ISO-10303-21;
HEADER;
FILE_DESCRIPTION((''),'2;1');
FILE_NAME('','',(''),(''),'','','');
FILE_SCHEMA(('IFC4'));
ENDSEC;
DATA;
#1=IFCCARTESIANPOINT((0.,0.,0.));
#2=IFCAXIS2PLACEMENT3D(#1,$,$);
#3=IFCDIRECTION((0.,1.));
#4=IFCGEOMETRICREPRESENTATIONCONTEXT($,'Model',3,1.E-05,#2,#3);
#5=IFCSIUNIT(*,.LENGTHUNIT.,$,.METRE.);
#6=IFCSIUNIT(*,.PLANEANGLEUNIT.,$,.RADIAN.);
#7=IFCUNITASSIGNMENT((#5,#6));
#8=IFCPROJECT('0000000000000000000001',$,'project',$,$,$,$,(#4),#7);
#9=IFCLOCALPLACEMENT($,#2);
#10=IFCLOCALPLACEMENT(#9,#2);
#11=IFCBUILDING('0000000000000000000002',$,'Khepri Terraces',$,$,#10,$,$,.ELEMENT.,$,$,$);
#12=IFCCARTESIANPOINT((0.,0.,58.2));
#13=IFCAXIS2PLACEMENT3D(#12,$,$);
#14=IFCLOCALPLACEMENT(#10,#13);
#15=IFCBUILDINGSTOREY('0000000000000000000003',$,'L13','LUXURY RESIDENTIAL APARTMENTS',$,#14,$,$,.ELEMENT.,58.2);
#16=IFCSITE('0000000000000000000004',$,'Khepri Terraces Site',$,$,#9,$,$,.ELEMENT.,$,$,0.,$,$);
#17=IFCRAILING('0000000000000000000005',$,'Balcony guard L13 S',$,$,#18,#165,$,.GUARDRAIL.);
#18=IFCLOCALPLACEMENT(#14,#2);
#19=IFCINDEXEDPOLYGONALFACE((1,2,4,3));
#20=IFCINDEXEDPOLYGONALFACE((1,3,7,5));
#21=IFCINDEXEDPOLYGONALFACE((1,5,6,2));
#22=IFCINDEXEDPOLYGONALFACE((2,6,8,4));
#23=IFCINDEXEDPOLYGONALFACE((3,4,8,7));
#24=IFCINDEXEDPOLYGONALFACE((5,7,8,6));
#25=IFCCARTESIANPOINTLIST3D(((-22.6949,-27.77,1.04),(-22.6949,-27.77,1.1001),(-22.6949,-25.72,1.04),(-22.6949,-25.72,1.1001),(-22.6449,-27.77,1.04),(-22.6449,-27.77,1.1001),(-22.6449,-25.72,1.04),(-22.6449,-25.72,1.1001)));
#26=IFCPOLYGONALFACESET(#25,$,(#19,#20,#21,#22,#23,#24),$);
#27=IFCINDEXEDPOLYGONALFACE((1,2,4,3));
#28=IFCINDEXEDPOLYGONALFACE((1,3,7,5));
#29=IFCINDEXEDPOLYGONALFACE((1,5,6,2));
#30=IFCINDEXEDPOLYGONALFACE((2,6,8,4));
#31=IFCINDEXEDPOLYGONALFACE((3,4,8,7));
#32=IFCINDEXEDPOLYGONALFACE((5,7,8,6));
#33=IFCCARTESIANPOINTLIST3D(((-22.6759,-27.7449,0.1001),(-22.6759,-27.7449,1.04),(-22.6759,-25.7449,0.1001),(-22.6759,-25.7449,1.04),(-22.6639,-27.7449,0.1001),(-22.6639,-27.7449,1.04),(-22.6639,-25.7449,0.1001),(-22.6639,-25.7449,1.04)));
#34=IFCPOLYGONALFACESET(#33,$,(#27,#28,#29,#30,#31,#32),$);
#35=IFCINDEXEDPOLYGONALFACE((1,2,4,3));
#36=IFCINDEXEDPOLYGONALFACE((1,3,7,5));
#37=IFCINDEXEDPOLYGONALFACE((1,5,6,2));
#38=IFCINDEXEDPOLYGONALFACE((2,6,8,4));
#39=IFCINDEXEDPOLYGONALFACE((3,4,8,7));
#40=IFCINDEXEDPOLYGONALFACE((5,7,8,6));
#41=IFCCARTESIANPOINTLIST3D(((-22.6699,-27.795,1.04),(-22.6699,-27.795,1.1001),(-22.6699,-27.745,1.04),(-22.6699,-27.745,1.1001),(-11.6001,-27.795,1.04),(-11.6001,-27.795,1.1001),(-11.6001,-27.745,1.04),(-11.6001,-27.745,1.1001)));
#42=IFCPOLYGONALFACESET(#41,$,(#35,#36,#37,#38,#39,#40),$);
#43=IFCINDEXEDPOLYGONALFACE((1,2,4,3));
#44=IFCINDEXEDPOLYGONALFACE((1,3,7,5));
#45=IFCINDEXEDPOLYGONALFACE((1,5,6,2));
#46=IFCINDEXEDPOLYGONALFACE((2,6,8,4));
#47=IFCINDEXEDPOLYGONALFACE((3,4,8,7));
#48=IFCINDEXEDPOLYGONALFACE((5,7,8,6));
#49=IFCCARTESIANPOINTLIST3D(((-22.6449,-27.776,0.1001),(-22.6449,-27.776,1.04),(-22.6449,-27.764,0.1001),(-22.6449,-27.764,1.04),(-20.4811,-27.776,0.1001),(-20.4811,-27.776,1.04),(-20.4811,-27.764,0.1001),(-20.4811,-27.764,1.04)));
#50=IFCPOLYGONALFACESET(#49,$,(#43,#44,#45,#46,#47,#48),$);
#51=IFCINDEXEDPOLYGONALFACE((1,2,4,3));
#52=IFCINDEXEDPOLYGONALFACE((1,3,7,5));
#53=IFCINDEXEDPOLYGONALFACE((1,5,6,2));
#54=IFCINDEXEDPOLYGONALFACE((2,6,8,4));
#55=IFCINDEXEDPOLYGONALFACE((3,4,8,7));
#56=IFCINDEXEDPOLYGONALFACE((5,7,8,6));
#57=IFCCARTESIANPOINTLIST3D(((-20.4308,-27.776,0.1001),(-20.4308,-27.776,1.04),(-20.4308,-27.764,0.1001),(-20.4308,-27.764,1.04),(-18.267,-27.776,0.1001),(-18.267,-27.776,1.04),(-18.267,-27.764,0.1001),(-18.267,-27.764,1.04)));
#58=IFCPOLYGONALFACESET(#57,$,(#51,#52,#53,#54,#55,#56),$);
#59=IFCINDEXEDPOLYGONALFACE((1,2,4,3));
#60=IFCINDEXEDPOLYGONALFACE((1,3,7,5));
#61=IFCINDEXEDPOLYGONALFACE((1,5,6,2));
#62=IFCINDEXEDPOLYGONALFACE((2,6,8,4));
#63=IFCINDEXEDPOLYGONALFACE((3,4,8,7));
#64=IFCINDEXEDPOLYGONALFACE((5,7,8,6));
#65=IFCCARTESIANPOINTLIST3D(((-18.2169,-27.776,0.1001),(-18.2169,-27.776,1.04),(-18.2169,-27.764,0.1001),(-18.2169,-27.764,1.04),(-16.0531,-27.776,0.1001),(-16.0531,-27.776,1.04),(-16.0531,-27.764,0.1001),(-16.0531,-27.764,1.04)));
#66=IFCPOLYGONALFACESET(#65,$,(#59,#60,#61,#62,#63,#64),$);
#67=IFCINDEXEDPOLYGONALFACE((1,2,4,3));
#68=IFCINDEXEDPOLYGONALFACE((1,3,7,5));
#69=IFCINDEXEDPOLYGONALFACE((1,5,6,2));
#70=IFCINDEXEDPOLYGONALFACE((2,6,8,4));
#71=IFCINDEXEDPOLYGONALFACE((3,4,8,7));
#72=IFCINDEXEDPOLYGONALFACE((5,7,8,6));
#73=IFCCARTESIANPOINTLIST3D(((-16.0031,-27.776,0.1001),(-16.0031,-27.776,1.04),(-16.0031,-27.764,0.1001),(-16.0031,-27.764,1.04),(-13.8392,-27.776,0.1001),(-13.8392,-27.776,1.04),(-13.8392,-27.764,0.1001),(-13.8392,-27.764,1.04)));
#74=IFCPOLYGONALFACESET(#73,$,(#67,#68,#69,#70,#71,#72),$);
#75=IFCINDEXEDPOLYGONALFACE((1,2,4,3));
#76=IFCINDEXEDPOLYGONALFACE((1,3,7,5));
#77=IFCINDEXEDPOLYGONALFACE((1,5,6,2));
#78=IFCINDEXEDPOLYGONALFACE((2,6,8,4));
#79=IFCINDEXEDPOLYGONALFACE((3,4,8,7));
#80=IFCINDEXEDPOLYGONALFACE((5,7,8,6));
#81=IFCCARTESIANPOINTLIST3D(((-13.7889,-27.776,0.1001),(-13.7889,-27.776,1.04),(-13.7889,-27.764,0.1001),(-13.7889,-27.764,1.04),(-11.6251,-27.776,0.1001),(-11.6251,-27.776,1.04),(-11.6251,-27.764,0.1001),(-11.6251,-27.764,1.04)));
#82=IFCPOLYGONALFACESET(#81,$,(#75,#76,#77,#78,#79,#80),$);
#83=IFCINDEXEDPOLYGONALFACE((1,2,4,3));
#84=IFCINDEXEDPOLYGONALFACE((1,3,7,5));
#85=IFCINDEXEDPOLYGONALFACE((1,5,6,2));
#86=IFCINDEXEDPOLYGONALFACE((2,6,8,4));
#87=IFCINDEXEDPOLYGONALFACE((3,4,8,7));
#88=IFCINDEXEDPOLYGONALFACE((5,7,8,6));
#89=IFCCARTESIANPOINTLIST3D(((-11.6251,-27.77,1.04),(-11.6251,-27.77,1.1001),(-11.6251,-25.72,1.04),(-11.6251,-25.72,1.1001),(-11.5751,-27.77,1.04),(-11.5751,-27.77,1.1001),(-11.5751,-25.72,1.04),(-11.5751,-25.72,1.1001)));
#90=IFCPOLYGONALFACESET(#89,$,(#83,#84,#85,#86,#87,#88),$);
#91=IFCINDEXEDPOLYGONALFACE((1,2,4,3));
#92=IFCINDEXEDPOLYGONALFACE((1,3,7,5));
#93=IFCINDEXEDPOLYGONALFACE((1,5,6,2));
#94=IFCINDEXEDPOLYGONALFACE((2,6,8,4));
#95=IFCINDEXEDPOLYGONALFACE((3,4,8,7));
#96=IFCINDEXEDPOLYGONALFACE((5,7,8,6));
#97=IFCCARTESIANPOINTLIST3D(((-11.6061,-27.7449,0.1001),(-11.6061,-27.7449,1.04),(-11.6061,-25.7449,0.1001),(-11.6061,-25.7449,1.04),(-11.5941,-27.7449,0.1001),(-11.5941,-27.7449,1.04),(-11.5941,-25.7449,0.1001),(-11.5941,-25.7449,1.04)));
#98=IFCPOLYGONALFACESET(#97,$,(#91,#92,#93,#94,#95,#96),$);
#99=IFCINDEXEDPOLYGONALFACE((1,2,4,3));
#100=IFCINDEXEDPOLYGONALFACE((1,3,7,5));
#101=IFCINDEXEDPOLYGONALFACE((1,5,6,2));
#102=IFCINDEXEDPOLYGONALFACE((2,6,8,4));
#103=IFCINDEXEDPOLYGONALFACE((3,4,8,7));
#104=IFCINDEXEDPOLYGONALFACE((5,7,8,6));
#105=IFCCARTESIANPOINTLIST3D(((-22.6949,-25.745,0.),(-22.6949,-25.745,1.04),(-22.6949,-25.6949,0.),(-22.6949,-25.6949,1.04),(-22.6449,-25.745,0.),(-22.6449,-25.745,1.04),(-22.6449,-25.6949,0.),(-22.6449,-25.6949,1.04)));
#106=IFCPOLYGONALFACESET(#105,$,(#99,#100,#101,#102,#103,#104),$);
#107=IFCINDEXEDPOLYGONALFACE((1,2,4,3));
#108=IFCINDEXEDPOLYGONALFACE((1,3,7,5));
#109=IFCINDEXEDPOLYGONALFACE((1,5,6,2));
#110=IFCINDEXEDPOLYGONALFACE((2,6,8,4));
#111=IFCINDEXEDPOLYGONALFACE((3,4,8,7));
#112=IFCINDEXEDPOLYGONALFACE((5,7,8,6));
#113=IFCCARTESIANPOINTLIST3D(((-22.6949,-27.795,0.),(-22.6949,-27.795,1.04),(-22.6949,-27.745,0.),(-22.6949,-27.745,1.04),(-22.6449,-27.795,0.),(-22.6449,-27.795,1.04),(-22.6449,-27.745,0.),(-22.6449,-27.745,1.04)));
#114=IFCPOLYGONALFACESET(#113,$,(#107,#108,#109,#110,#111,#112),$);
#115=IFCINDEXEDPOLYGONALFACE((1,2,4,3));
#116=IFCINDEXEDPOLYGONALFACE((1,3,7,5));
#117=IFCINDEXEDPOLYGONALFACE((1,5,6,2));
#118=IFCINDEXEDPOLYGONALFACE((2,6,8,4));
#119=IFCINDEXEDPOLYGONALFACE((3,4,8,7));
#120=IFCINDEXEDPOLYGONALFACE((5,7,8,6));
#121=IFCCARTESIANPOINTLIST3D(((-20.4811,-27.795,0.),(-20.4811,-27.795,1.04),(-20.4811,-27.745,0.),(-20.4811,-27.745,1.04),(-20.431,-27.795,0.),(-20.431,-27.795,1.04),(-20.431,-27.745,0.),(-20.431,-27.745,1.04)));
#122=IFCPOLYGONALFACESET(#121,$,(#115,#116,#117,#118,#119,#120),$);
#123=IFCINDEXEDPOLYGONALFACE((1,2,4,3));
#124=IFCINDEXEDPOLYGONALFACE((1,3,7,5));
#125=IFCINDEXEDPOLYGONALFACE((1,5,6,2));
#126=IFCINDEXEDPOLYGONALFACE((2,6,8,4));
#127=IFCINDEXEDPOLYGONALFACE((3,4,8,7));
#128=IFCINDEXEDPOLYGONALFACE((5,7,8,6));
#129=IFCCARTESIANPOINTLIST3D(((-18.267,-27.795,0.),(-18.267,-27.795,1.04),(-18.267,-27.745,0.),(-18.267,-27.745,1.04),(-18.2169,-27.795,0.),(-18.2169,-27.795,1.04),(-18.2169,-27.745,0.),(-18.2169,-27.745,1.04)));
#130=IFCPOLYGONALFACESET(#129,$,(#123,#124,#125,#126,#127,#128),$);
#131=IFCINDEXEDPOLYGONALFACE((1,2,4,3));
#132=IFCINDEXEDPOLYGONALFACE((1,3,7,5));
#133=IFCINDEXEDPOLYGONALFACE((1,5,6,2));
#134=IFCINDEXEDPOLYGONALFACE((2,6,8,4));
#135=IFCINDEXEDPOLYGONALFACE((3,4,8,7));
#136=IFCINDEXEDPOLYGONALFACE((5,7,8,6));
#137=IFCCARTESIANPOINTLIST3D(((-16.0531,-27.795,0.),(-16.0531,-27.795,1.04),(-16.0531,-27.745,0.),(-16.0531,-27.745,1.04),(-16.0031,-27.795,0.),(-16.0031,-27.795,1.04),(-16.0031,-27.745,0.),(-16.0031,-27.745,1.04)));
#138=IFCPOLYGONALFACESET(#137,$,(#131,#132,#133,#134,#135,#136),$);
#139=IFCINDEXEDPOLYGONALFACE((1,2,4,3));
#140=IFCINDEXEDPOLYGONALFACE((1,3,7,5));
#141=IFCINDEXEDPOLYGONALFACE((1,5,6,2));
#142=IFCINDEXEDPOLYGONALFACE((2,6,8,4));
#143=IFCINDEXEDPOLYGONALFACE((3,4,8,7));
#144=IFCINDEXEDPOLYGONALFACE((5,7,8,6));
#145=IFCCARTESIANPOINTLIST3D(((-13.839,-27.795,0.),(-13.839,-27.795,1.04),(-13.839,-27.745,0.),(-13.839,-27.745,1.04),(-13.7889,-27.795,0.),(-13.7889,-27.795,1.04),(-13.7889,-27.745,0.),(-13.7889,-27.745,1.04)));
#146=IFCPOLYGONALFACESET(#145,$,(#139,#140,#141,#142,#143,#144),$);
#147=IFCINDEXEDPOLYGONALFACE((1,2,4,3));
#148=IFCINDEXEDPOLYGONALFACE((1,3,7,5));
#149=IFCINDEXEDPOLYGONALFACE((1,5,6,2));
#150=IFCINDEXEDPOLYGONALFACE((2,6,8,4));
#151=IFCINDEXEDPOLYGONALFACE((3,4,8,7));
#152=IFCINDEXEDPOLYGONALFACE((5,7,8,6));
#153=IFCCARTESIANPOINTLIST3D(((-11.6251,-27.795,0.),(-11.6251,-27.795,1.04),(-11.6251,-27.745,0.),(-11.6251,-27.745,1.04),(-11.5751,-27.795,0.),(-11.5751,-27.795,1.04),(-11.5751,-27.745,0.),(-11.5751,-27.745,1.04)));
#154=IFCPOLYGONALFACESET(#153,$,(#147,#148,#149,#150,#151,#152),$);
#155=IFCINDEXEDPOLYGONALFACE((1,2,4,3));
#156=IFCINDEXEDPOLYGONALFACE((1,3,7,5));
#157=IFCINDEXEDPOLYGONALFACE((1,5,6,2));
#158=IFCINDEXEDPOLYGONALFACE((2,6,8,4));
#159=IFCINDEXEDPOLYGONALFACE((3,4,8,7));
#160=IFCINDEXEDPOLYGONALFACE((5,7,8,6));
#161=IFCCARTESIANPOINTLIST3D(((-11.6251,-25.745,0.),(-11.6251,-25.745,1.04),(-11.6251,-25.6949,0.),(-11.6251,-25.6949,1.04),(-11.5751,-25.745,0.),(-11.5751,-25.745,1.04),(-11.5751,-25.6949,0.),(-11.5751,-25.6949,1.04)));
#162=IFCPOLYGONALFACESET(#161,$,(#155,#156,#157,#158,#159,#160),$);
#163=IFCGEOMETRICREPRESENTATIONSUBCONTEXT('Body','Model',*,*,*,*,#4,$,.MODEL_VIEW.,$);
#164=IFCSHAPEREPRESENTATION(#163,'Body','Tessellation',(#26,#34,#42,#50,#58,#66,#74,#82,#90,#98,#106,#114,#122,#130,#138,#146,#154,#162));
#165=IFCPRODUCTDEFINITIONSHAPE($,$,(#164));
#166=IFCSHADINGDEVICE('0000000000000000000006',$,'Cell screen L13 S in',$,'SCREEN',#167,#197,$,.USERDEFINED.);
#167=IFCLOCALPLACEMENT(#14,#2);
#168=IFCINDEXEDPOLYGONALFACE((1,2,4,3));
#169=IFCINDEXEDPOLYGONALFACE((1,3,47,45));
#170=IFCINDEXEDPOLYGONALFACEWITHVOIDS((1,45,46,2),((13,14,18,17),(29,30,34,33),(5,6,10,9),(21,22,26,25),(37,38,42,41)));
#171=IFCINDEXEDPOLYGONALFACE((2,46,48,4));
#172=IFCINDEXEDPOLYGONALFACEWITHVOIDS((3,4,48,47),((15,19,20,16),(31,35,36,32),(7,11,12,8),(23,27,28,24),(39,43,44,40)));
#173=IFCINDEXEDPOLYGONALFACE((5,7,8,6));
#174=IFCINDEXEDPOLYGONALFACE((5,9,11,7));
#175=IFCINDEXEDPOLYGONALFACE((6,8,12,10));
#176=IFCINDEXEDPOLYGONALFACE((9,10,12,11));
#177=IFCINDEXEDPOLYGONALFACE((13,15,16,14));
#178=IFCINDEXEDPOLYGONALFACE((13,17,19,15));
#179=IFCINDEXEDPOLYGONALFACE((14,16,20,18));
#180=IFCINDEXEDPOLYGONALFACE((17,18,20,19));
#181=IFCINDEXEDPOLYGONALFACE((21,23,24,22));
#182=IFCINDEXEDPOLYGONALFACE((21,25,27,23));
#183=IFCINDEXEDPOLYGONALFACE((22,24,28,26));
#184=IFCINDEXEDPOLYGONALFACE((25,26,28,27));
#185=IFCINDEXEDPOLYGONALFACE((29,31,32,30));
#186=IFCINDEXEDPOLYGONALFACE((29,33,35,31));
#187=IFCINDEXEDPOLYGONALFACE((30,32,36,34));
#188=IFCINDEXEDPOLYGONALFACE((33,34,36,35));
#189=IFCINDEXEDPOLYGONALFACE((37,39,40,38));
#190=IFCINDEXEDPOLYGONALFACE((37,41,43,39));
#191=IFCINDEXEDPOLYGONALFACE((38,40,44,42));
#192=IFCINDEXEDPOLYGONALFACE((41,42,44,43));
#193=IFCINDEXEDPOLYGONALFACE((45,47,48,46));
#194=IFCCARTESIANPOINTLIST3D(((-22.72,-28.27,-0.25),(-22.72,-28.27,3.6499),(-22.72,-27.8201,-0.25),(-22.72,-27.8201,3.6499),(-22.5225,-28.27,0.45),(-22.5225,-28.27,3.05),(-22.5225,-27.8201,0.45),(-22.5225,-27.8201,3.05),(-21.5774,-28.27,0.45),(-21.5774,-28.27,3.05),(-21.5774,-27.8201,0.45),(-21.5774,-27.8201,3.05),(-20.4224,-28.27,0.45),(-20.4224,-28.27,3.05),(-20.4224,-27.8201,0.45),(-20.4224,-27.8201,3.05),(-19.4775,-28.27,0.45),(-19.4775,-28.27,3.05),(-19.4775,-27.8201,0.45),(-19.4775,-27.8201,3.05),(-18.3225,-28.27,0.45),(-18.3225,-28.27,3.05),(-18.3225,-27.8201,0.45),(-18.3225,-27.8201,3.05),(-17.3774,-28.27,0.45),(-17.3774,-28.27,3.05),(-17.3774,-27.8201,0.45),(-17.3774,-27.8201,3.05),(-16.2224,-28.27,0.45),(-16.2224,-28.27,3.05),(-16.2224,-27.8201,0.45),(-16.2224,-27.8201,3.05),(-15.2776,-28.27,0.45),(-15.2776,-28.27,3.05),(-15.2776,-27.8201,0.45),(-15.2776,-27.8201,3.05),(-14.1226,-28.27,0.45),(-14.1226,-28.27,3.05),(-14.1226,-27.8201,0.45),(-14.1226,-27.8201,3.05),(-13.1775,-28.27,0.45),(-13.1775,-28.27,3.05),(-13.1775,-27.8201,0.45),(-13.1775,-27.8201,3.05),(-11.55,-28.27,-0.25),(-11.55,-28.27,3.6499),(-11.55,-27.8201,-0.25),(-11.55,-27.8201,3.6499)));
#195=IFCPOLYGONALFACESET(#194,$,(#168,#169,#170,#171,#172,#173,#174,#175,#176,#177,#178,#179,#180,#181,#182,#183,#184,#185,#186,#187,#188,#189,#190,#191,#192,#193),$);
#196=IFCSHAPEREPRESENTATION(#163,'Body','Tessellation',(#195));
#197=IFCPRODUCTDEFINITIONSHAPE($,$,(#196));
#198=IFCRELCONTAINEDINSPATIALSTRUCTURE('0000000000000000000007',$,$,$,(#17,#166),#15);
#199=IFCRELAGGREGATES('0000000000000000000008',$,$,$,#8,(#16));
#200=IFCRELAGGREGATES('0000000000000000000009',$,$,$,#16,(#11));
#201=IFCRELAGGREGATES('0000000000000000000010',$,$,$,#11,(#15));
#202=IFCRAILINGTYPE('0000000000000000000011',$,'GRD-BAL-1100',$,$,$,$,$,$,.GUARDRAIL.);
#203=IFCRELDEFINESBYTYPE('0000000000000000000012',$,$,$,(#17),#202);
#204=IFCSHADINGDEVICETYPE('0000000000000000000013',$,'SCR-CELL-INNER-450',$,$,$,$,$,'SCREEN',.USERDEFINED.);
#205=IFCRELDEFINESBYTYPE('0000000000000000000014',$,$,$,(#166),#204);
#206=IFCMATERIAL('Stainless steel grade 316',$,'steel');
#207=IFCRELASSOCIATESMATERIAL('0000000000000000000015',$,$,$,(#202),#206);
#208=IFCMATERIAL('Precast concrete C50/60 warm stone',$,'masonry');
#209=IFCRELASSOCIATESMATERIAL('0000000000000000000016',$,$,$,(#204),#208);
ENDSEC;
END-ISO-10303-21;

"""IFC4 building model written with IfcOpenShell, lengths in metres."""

from ifc_helpers import new_model, si_unit, direction, frame, origin, origin_2d, place, context, subcontext, project, spatial, polyline, rectangle, outline, extrude, material, type_object, element, save


model = new_model("IFC4")

# Units and contexts
model_context = context("Model", 3, precision=1e-05, world=origin(), true_north=direction((0.0, 1.0)))
body_context = subcontext(model_context, "Body", "Model", "MODEL_VIEW")
ifc_project = project(units=[si_unit("LENGTHUNIT", "METRE"), si_unit("PLANEANGLEUNIT", "RADIAN")], contexts=[model_context])

# Site, building, storey
site_placement = place(None, origin())
site = spatial("IfcSite", under=ifc_project, at=site_placement, Name="Khepri Terraces Site", CompositionType="ELEMENT", RefElevation=0.0)
building_placement = place(site_placement, origin())
building = spatial("IfcBuilding", under=site, at=building_placement, Name="Khepri Terraces", CompositionType="ELEMENT")
storey_placement = place(building_placement, frame((0.0, 0.0, 58.2)))
storey = spatial("IfcBuildingStorey", under=building, at=storey_placement, Name="L13", Description="LUXURY RESIDENTIAL APARTMENTS", CompositionType="ELEMENT", Elevation=58.2)

# Shared definitions
ifc_material_1 = material(Name="Precast concrete C50/60 warm stone", Category="masonry")

# Railing
ifc_material_2 = material(Name="Stainless steel grade 316", Category="steel")
railing_type = type_object("IfcRailingType", Name="GRD-BAL-1100", PredefinedType="GUARDRAIL", material=ifc_material_2)
railing_placement = place(storey_placement, frame((-22.6699, -25.72, 0.0)))
element("IfcRailing", 1, at=railing_placement, inside=storey, type_object=railing_type, Name="Balcony guard L13 S", PredefinedType="GUARDRAIL", context=body_context, shape_type="SweptSolid", body=[
    extrude(rectangle(XDim=0.05, YDim=0.0601, at=origin_2d()), frame((0.0, 0.0, 1.0701), z_axis=(0.0, -1.0, 0.0), x_axis=(1.0, 0.0, 0.0)), (0.0, 0.0, 1.0), 2.05),
    extrude(rectangle(XDim=2.0, YDim=0.012, at=origin_2d()), frame((0.0, -1.0249, 0.1001), z_axis=(0.0, 0.0, 1.0), x_axis=(0.0, -1.0, 0.0)), (0.0, 0.0, 1.0), 0.9399),
    extrude(rectangle(XDim=0.05, YDim=0.0601, at=origin_2d()), frame((0.0, -2.05, 1.0701), z_axis=(1.0, 0.0, 0.0), x_axis=(0.0, 1.0, 0.0)), (0.0, 0.0, 1.0), 11.0698),
    extrude(rectangle(XDim=2.1638, YDim=0.012, at=origin_2d()), frame((1.1069, -2.05, 0.1001), z_axis=(0.0, 0.0, 1.0), x_axis=(1.0, 0.0, 0.0)), (0.0, 0.0, 1.0), 0.9399),
    extrude(rectangle(XDim=2.1638, YDim=0.012, at=origin_2d()), frame((3.321, -2.05, 0.1001), z_axis=(0.0, 0.0, 1.0), x_axis=(1.0, 0.0, 0.0)), (0.0, 0.0, 1.0), 0.9399),
    extrude(rectangle(XDim=2.1638, YDim=0.012, at=origin_2d()), frame((5.5349, -2.05, 0.1001), z_axis=(0.0, 0.0, 1.0), x_axis=(1.0, 0.0, 0.0)), (0.0, 0.0, 1.0), 0.9399),
    extrude(rectangle(XDim=2.1638, YDim=0.012, at=origin_2d()), frame((7.7488, -2.05, 0.1001), z_axis=(0.0, 0.0, 1.0), x_axis=(1.0, 0.0, 0.0)), (0.0, 0.0, 1.0), 0.9399),
    extrude(rectangle(XDim=2.1638, YDim=0.012, at=origin_2d()), frame((9.9629, -2.05, 0.1001), z_axis=(0.0, 0.0, 1.0), x_axis=(1.0, 0.0, 0.0)), (0.0, 0.0, 1.0), 0.9399),
    extrude(rectangle(XDim=0.05, YDim=0.0601, at=origin_2d()), frame((11.0698, -2.05, 1.0701), z_axis=(0.0, 1.0, 0.0), x_axis=(-1.0, 0.0, 0.0)), (0.0, 0.0, 1.0), 2.05),
    extrude(rectangle(XDim=2.0, YDim=0.012, at=origin_2d()), frame((11.0698, -1.0249, 0.1001), z_axis=(0.0, 0.0, 1.0), x_axis=(0.0, 1.0, 0.0)), (0.0, 0.0, 1.0), 0.9399),
    extrude(rectangle(XDim=0.05, YDim=0.05, at=origin_2d()), origin(), (0.0, 0.0, 1.0), 1.04),
    extrude(rectangle(XDim=0.05, YDim=0.05, at=origin_2d()), frame((0.0, -2.05, 0.0)), (0.0, 0.0, 1.0), 1.04),
    extrude(rectangle(XDim=0.05, YDim=0.05, at=origin_2d()), frame((2.2139, -2.05, 0.0)), (0.0, 0.0, 1.0), 1.04),
    extrude(rectangle(XDim=0.05, YDim=0.05, at=origin_2d()), frame((4.428, -2.05, 0.0)), (0.0, 0.0, 1.0), 1.04),
    extrude(rectangle(XDim=0.05, YDim=0.05, at=origin_2d()), frame((6.6418, -2.05, 0.0)), (0.0, 0.0, 1.0), 1.04),
    extrude(rectangle(XDim=0.05, YDim=0.05, at=origin_2d()), frame((8.856, -2.05, 0.0)), (0.0, 0.0, 1.0), 1.04),
    extrude(rectangle(XDim=0.05, YDim=0.05, at=origin_2d()), frame((11.0698, -2.05, 0.0)), (0.0, 0.0, 1.0), 1.04),
    extrude(rectangle(XDim=0.05, YDim=0.05, at=origin_2d()), frame((11.0698, 0.0, 0.0)), (0.0, 0.0, 1.0), 1.04),
])

# Shading device
shading_device_type_1 = type_object("IfcShadingDeviceType", Name="SCR-CELL-INNER-450", ElementType="SCREEN", PredefinedType="USERDEFINED", material=ifc_material_1)
shading_device_1_placement = place(storey_placement, frame((-22.72, -27.8201, -0.25), z_axis=(0.0, -1.0, 0.0), x_axis=(1.0, 0.0, 0.0)))
element("IfcShadingDevice", 2, at=shading_device_1_placement, inside=storey, type_object=shading_device_type_1, Name="Cell screen L13 S in", ObjectType="SCREEN", PredefinedType="USERDEFINED", context=body_context, shape_type="SweptSolid", body=[
    extrude(outline(polyline([(0.0, 0.0), (11.1699, 0.0), (11.1699, 3.8999), (0.0, 3.8999), (0.0, 0.0)]), holes=[polyline([(0.1975, 0.7), (1.1426, 0.7), (1.1426, 3.3), (0.1975, 3.3), (0.1975, 0.7)]), polyline([(2.2976, 0.7), (3.2424, 0.7), (3.2424, 3.3), (2.2976, 3.3), (2.2976, 0.7)]), polyline([(4.3975, 0.7), (5.3425, 0.7), (5.3425, 3.3), (4.3975, 3.3), (4.3975, 0.7)]), polyline([(6.4976, 0.7), (7.4424, 0.7), (7.4424, 3.3), (6.4976, 3.3), (6.4976, 0.7)]), polyline([(8.5974, 0.7), (9.5425, 0.7), (9.5425, 3.3), (8.5974, 3.3), (8.5974, 0.7)])]), origin(), (0.0, 0.0, 1.0), 0.45),
])

save(model, "model.ifc")
